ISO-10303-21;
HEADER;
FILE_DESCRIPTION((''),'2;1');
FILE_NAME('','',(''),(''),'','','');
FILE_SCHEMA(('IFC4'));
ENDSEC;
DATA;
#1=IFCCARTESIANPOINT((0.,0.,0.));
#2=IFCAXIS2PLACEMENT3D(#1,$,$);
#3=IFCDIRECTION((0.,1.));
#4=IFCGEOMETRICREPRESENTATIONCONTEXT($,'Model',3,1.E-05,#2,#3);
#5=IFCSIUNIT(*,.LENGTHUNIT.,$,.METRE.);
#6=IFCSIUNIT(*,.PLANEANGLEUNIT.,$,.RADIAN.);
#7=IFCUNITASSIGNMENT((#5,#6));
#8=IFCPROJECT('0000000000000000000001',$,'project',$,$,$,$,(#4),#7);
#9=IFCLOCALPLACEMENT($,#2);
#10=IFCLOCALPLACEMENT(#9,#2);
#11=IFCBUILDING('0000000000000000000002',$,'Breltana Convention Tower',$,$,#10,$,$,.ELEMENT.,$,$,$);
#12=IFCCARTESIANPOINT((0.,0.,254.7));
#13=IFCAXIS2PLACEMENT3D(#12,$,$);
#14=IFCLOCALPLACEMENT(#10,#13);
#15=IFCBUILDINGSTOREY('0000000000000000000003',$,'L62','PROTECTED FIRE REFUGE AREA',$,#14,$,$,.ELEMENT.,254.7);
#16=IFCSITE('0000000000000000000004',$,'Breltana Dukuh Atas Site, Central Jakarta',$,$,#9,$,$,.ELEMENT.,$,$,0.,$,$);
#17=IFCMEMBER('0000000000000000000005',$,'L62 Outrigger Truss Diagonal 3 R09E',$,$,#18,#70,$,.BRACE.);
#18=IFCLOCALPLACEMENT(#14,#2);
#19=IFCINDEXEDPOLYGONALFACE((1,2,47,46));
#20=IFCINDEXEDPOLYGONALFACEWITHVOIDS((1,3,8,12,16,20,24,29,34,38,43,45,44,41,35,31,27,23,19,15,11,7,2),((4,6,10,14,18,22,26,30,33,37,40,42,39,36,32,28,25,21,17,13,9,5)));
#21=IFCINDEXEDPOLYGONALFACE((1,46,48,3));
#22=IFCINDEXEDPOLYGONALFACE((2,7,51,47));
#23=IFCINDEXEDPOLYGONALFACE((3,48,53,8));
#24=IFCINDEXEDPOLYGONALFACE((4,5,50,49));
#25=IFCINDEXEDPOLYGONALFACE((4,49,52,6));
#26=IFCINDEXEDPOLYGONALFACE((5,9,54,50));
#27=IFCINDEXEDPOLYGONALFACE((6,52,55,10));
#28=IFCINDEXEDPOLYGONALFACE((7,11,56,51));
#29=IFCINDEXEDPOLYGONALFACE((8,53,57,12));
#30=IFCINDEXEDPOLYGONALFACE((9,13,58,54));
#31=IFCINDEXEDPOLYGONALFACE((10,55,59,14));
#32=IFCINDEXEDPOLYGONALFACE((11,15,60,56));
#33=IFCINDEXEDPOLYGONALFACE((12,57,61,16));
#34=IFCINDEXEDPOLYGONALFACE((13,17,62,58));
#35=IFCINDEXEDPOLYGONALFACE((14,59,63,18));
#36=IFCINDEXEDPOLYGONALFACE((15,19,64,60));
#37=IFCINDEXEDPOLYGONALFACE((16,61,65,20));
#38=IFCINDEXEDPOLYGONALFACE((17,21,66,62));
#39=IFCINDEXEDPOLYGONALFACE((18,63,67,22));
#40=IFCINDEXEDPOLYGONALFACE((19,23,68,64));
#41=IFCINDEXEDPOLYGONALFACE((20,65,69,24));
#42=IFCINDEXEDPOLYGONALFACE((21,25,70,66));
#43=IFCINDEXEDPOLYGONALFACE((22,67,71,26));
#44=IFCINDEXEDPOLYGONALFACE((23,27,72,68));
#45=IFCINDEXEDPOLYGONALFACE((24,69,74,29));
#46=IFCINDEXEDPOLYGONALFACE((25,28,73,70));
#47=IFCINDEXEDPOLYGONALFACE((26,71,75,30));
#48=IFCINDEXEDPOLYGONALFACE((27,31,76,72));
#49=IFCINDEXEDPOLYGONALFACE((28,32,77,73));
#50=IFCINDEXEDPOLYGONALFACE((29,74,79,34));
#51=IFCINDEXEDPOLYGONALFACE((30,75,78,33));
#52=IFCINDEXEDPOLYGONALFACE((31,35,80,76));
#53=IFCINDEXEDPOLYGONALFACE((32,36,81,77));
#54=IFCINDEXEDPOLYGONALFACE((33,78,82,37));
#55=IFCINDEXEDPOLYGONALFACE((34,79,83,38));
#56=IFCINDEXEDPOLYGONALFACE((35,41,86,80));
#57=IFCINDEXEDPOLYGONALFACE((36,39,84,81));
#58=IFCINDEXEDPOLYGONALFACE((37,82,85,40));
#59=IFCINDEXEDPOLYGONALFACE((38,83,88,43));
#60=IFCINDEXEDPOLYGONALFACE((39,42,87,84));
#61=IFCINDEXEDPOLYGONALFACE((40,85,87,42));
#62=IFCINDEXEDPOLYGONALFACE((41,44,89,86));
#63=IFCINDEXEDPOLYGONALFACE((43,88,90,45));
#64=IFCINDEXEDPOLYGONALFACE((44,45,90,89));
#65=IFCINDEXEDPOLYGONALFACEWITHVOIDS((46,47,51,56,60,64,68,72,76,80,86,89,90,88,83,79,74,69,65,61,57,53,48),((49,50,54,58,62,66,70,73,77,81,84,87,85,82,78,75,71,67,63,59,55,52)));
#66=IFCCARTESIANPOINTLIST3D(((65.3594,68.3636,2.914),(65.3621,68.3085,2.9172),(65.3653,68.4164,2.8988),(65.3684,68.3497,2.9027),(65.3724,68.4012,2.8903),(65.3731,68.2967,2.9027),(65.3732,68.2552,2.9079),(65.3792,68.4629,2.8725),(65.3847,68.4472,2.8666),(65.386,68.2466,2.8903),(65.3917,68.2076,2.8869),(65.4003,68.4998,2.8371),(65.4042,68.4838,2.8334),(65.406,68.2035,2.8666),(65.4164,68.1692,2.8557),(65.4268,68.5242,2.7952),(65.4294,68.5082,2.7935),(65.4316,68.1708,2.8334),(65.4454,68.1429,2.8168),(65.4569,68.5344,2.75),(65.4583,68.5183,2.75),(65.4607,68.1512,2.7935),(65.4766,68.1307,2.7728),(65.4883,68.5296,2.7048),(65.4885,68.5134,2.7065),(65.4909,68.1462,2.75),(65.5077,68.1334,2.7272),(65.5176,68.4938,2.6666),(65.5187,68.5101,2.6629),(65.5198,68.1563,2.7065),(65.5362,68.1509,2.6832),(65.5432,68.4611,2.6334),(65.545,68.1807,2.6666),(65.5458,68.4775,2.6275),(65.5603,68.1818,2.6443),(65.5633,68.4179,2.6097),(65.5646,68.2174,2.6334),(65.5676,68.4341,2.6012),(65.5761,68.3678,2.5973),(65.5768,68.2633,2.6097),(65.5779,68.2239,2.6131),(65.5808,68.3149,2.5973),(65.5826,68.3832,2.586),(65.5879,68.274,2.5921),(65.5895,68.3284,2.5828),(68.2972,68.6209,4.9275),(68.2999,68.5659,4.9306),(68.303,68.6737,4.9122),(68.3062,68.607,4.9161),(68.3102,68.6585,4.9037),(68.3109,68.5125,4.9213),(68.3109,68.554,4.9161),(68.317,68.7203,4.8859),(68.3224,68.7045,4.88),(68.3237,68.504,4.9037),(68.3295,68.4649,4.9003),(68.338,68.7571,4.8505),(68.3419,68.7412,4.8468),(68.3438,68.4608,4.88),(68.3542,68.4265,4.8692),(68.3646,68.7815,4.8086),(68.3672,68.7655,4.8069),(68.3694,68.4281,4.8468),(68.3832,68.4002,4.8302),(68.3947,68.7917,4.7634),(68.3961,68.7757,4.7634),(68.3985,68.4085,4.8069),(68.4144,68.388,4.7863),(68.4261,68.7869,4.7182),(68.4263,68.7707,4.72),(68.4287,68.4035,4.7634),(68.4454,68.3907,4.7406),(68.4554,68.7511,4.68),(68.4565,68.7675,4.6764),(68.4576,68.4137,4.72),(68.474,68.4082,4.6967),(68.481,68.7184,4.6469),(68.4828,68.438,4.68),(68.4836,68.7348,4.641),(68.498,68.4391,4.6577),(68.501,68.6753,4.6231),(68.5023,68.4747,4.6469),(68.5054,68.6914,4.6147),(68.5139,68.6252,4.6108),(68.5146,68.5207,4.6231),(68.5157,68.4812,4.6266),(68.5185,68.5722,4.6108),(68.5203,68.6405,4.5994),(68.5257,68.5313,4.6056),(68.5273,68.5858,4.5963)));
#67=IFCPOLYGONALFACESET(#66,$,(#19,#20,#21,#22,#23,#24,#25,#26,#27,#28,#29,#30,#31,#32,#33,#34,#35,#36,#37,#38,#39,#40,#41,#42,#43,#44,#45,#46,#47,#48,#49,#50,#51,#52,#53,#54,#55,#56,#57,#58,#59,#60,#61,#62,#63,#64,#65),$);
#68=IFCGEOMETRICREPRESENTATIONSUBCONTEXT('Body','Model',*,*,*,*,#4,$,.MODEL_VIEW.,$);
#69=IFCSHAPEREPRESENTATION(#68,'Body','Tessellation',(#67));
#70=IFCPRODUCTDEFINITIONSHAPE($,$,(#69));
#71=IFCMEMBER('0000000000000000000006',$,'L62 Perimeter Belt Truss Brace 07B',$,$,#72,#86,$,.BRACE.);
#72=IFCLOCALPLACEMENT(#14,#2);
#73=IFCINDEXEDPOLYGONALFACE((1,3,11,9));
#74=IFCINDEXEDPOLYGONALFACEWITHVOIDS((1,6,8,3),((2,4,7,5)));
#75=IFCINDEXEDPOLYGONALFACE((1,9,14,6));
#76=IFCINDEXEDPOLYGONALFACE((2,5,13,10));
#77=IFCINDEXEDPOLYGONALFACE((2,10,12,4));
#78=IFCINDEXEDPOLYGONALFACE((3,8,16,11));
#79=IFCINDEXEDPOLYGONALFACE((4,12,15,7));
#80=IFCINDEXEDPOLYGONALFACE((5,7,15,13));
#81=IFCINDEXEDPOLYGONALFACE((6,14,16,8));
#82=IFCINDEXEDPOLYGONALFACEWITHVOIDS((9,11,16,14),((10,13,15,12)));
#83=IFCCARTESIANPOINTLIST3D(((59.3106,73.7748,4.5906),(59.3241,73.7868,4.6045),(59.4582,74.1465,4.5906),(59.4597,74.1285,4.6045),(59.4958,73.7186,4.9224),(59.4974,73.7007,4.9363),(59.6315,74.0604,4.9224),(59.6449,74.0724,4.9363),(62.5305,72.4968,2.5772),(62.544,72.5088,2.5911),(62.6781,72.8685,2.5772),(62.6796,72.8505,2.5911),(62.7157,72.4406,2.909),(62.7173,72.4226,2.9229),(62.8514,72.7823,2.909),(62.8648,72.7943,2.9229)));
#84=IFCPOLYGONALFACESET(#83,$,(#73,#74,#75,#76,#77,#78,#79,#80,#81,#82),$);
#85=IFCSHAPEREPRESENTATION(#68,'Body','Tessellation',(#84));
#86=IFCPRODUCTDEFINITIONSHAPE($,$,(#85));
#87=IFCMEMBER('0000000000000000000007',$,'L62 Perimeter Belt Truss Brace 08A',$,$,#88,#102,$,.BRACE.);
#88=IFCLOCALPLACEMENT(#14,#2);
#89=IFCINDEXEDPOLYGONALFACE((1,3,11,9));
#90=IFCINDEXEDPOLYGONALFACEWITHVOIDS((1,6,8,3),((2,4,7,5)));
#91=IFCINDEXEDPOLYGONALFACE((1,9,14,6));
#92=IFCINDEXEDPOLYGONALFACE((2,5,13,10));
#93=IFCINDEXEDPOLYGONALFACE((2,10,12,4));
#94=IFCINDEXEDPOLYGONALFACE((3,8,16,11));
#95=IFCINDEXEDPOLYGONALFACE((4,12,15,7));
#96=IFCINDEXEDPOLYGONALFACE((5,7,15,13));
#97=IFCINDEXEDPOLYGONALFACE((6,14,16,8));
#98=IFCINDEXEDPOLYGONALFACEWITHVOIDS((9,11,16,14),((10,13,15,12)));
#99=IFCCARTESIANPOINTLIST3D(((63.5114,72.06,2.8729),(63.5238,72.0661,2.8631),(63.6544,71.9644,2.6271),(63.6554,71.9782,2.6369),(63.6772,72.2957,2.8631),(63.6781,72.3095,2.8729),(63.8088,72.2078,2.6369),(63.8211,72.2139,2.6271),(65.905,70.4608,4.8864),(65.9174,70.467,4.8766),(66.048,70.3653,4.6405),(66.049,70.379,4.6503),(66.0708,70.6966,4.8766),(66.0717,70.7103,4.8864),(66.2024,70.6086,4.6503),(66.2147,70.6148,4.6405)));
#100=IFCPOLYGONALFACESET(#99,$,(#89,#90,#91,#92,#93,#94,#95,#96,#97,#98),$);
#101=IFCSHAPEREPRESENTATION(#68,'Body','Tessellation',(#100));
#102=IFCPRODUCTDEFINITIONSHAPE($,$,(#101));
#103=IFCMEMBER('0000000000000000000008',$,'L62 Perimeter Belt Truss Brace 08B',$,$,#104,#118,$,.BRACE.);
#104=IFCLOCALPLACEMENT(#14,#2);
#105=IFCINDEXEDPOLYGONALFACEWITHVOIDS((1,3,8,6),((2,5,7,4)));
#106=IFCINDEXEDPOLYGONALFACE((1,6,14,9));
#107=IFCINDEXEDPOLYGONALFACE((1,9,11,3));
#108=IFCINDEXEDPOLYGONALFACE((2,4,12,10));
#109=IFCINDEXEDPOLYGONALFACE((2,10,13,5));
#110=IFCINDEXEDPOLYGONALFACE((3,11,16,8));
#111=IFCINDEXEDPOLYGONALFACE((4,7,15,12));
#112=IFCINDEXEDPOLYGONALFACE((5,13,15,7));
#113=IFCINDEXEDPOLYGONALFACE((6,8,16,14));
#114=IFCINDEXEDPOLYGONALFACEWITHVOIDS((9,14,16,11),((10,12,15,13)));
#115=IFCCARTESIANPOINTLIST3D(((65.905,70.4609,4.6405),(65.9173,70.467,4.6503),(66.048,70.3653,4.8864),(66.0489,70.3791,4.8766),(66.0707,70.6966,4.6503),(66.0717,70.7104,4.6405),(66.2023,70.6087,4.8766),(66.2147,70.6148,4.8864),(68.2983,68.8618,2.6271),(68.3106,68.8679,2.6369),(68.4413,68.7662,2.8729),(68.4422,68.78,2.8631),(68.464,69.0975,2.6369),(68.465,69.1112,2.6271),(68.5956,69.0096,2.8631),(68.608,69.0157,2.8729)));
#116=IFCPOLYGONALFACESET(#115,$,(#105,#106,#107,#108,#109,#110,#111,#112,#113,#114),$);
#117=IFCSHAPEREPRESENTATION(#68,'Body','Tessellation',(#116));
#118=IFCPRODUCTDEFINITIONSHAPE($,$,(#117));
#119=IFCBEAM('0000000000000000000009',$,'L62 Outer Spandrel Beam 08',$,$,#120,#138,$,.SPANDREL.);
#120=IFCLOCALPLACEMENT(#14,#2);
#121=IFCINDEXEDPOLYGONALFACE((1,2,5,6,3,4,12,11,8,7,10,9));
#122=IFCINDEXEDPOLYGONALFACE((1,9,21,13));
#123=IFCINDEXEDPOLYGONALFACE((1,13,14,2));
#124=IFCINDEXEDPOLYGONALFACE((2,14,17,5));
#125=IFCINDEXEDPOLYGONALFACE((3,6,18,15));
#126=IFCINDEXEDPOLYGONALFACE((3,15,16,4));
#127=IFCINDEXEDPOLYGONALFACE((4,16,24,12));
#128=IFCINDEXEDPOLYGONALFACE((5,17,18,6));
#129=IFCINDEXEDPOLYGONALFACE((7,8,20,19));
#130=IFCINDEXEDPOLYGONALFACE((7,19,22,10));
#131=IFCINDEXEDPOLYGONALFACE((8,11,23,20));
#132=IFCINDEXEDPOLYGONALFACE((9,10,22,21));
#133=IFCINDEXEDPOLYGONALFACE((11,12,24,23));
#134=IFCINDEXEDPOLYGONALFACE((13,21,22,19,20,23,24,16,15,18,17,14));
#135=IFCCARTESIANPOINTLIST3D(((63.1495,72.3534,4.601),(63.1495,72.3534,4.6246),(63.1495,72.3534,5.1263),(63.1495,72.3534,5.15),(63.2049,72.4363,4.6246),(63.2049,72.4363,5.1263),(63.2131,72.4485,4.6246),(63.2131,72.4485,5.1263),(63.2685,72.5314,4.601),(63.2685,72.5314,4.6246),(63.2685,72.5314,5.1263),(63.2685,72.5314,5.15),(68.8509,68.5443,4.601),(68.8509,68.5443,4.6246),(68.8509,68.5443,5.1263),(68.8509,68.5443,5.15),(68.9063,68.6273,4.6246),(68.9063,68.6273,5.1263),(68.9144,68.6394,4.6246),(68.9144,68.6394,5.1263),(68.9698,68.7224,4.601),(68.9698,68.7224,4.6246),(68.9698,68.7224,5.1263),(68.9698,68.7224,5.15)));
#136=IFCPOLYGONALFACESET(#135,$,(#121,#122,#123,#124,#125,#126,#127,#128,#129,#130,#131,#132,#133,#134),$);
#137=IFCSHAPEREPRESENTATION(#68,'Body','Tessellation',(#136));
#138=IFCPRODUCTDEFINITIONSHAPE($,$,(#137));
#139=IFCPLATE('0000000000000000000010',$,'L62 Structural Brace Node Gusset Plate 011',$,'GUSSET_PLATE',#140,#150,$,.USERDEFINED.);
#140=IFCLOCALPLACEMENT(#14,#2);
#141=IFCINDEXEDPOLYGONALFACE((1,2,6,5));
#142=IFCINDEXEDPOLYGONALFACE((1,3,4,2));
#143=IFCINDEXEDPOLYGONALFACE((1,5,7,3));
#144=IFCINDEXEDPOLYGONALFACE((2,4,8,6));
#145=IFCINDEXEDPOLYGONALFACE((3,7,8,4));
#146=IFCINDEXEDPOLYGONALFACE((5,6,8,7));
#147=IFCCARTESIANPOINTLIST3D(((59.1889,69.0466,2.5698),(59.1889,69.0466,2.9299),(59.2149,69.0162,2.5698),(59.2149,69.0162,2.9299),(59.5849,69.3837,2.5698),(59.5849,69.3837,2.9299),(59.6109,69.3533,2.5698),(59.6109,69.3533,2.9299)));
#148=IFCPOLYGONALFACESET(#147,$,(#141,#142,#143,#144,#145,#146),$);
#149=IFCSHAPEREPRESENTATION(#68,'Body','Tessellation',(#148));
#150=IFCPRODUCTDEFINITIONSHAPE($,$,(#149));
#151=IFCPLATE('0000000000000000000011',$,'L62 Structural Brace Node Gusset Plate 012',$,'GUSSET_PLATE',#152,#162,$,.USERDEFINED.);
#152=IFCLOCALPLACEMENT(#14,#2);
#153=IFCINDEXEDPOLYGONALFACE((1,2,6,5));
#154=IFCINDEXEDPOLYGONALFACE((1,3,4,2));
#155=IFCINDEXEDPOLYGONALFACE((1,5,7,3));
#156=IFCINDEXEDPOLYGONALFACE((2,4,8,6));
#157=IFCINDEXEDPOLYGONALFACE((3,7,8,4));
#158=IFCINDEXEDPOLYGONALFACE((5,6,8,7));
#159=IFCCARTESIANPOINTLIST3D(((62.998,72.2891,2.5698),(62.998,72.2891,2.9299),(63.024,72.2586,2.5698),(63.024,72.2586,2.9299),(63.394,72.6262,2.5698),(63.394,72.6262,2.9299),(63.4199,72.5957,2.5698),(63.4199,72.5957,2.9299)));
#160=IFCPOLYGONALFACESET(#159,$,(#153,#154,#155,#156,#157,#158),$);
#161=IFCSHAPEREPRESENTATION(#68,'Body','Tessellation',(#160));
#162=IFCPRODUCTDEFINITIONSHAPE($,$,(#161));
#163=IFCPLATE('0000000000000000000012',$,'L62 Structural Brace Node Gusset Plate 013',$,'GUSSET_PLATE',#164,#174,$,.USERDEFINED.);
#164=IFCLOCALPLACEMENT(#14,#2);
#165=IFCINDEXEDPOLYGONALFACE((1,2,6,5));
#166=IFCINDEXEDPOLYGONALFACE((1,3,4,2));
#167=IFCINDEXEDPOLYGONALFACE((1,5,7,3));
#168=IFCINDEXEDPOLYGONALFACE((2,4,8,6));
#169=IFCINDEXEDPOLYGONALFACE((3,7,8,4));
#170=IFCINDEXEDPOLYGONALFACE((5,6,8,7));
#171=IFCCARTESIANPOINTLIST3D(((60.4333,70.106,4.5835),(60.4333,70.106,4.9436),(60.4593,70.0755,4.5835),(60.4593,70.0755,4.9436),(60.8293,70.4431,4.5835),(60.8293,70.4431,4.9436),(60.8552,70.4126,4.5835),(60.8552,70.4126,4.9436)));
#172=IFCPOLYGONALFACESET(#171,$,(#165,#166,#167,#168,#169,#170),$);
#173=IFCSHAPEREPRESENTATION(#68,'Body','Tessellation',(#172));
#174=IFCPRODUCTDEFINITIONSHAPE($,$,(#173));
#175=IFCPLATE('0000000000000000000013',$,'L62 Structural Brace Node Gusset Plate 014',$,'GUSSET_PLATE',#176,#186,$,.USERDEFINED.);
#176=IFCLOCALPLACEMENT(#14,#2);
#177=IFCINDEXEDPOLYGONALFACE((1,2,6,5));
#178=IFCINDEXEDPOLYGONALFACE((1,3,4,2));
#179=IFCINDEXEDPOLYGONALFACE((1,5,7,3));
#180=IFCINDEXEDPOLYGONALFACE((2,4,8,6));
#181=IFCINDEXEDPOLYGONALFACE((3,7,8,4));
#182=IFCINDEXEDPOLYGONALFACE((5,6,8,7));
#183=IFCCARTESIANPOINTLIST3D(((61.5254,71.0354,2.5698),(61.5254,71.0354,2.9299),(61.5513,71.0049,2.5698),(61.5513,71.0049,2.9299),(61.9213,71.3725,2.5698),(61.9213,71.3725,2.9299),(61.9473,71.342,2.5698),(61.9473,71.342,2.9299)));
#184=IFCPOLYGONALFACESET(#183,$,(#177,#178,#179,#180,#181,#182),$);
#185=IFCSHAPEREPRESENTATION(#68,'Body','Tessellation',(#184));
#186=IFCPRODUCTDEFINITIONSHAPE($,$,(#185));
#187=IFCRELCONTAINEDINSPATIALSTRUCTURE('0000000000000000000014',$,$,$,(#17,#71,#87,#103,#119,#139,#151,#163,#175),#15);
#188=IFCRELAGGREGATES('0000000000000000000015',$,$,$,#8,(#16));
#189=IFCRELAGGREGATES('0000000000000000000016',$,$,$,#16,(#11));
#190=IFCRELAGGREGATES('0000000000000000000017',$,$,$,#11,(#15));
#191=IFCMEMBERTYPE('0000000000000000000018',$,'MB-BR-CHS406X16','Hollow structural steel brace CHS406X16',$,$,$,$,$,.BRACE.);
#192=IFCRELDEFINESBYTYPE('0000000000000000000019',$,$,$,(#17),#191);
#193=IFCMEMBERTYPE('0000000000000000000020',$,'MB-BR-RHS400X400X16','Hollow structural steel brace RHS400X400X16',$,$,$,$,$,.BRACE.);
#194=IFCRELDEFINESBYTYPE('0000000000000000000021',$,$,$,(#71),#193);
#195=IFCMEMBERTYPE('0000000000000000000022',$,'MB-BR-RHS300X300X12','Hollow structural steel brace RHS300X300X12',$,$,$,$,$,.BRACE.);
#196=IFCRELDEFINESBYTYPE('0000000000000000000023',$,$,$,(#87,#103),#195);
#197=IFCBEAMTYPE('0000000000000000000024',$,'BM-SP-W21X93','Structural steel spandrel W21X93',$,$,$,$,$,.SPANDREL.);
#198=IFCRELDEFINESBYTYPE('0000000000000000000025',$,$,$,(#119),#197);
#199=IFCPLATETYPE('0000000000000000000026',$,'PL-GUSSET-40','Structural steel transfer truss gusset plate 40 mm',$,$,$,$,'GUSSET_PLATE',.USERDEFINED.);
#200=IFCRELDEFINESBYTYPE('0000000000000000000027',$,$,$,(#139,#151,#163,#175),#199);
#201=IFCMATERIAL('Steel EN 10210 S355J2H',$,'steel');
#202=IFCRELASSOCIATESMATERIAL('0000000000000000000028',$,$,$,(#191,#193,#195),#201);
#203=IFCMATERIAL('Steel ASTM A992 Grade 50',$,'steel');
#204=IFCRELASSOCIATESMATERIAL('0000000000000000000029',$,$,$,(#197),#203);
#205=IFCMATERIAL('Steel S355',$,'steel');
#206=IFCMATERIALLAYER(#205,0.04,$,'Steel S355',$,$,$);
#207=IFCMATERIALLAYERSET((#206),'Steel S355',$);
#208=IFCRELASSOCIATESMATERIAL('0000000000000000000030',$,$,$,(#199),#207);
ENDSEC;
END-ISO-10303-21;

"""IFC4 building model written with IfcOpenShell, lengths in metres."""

from ifc_helpers import new_model, si_unit, direction, frame, origin, origin_2d, place, context, subcontext, project, spatial, rectangle, hollow_rectangle, hollow_circle, i_section, extrude, source, transform, mapped, material, layer, layer_set, material_profile, profile_set, type_object, element, save


model = new_model("IFC4")

# Units and contexts
model_context = context("Model", 3, precision=1e-05, world=origin(), true_north=direction((0.0, 1.0)))
body_context = subcontext(model_context, "Body", "Model", "MODEL_VIEW")
ifc_project = project(units=[si_unit("LENGTHUNIT", "METRE"), si_unit("PLANEANGLEUNIT", "RADIAN")], contexts=[model_context])

# Site, building, storey
site_placement = place(None, origin())
site = spatial("IfcSite", under=ifc_project, at=site_placement, Name="Breltana Dukuh Atas Site, Central Jakarta", CompositionType="ELEMENT", RefElevation=0.0)
building_placement = place(site_placement, origin())
building = spatial("IfcBuilding", under=site, at=building_placement, Name="Breltana Convention Tower", CompositionType="ELEMENT")
storey_placement = place(building_placement, frame((0.0, 0.0, 254.7)))
storey = spatial("IfcBuildingStorey", under=building, at=storey_placement, Name="L62", Description="PROTECTED FIRE REFUGE AREA", CompositionType="ELEMENT", Elevation=254.7)

# Shared definitions
ifc_material_1 = material(Name="Steel EN 10210 S355J2H", Category="steel")

# Shared definitions
ifc_material_2 = material(Name="Steel ASTM A992 Grade 50", Category="steel")

# Members
ifc_material_profile_1 = material_profile(ifc_material_1, hollow_circle(Radius=0.2029, WallThickness=0.0161, at=origin_2d()), Name="CHS406X16")
ifc_profile_set_1 = profile_set([ifc_material_profile_1], Name="Steel EN 10210 S355J2H")
member_type_1 = type_object("IfcMemberType", Name="MB-BR-CHS406X16", Description="Hollow structural steel brace CHS406X16", PredefinedType="BRACE", material=ifc_profile_set_1)
shared_shape_1 = source(origin(), body_context, "Body", "SweptSolid", [
    extrude(hollow_circle(Radius=0.2029, WallThickness=0.0161, at=origin_2d()), origin(), (0.0, 0.0, 1.0), 3.5708),
])
member_1_placement = place(storey_placement, frame((65.4746, 68.3323, 2.75), z_axis=(0.822718, 0.072064, 0.563863), x_axis=(-0.087258, 0.996186, 0.0)))
element("IfcMember", 1, at=member_1_placement, inside=storey, type_object=member_type_1, Name="L62 Outrigger Truss Diagonal 3 R09E", PredefinedType="BRACE", context=body_context, shape_type="MappedRepresentation", body=[
    mapped(shared_shape_1, transform((0.0, 0.0, 0.0), scale=1.0)),
])
ifc_material_profile_2 = material_profile(ifc_material_1, hollow_rectangle(XDim=0.3999, YDim=0.3999, WallThickness=0.0161, at=origin_2d()), Name="RHS400X400X16")
ifc_profile_set_2 = profile_set([ifc_material_profile_2], Name="Steel EN 10210 S355J2H")
member_type_2 = type_object("IfcMemberType", Name="MB-BR-RHS400X400X16", Description="Hollow structural steel brace RHS400X400X16", PredefinedType="BRACE", material=ifc_profile_set_2)
shared_shape_2 = source(origin(), body_context, "Body", "SweptSolid", [
    extrude(hollow_rectangle(XDim=0.3999, YDim=0.3999, WallThickness=0.0161, at=origin_2d()), origin(), (0.0, 0.0, 1.0), 4.0068),
])
member_2_placement = place(storey_placement, frame((59.4778, 73.9236, 4.7634), z_axis=(0.803598, -0.318966, -0.502485), x_axis=(0.368923, 0.92946, 0.0)))
element("IfcMember", 2, at=member_2_placement, inside=storey, type_object=member_type_2, Name="L62 Perimeter Belt Truss Brace 07B", PredefinedType="BRACE", context=body_context, shape_type="MappedRepresentation", body=[
    mapped(shared_shape_2, transform((0.0, 0.0, 0.0), scale=1.0)),
])
ifc_material_profile_3 = material_profile(ifc_material_1, hollow_rectangle(XDim=0.3, YDim=0.3, WallThickness=0.012, at=origin_2d()), Name="RHS300X300X12")
ifc_profile_set_3 = profile_set([ifc_material_profile_3], Name="Steel EN 10210 S355J2H")
member_type_3 = type_object("IfcMemberType", Name="MB-BR-RHS300X300X12", Description="Hollow structural steel brace RHS300X300X12", PredefinedType="BRACE", material=ifc_profile_set_3)
shared_shape_3 = source(origin(), body_context, "Body", "SweptSolid", [
    extrude(hollow_rectangle(XDim=0.3, YDim=0.3, WallThickness=0.012, at=origin_2d()), origin(), (0.0, 0.0, 1.0), 3.5129),
])
member_3_placement = place(storey_placement, frame((63.6663, 72.137, 2.75), z_axis=(0.681369, -0.455219, 0.573159), x_axis=(0.555522, 0.831502, 0.0)))
element("IfcMember", 3, at=member_3_placement, inside=storey, type_object=member_type_3, Name="L62 Perimeter Belt Truss Brace 08A", PredefinedType="BRACE", context=body_context, shape_type="MappedRepresentation", body=[
    mapped(shared_shape_3, transform((0.0, 0.0, 0.0), scale=1.0)),
])
shared_shape_4 = source(origin(), body_context, "Body", "SweptSolid", [
    extrude(hollow_rectangle(XDim=0.3, YDim=0.3, WallThickness=0.012, at=origin_2d()), origin(), (0.0, 0.0, 1.0), 3.5127),
])
member_4_placement = place(storey_placement, frame((66.0598, 70.5378, 4.7634), z_axis=(0.681332, -0.455241, -0.573186), x_axis=(0.555561, 0.831476, 0.0)))
element("IfcMember", 4, at=member_4_placement, inside=storey, type_object=member_type_3, Name="L62 Perimeter Belt Truss Brace 08B", PredefinedType="BRACE", context=body_context, shape_type="MappedRepresentation", body=[
    mapped(shared_shape_4, transform((0.0, 0.0, 0.0), scale=1.0)),
])

# Beam
ifc_material_profile_4 = material_profile(ifc_material_2, i_section(OverallWidth=0.2141, OverallDepth=0.5491, WebThickness=0.0146, FlangeThickness=0.0237, at=origin_2d()), Name="W21X93")
ifc_profile_set_4 = profile_set([ifc_material_profile_4], Name="Steel ASTM A992 Grade 50")
beam_type_1 = type_object("IfcBeamType", Name="BM-SP-W21X93", Description="Structural steel spandrel W21X93", PredefinedType="SPANDREL", material=ifc_profile_set_4)
shared_shape_5 = source(origin(), body_context, "Body", "SweptSolid", [
    extrude(i_section(OverallWidth=0.2141, OverallDepth=0.5491, WebThickness=0.0146, FlangeThickness=0.0237, at=origin_2d()), origin(), (0.0, 0.0, 1.0), 6.8567),
])
beam_1_placement = place(storey_placement, frame((63.209, 72.4424, 4.8755), z_axis=(0.831502, -0.555522, 0.0), x_axis=(0.555522, 0.831502, 0.0)))
element("IfcBeam", 5, at=beam_1_placement, inside=storey, type_object=beam_type_1, Name="L62 Outer Spandrel Beam 08", PredefinedType="SPANDREL", context=body_context, shape_type="MappedRepresentation", body=[
    mapped(shared_shape_5, transform((0.0, 0.0, 0.0), scale=1.0)),
])

# Plates
ifc_material_3 = material(Name="Steel S355", Category="steel")
ifc_layer_1 = layer(ifc_material_3, 0.04, Name="Steel S355")
ifc_layer_set_1 = layer_set([ifc_layer_1], Name="Steel S355")
plate_type = type_object("IfcPlateType", Name="PL-GUSSET-40", Description="Structural steel transfer truss gusset plate 40 mm", ElementType="GUSSET_PLATE", PredefinedType="USERDEFINED", material=ifc_layer_set_1)
shared_shape_6 = source(origin(), body_context, "Body", "SweptSolid", [
    extrude(rectangle(XDim=0.52, YDim=0.04, at=origin_2d()), origin(), (0.0, 0.0, 1.0), 0.3601),
])
for number, where, z_axis, x_axis, name in (
    (6, (59.3999, 69.2, 2.5698), (0.0, 0.0, 1.0), (0.761425, 0.648253, 0.0), "L62 Structural Brace Node Gusset Plate 011"),
    (7, (63.209, 72.4424, 2.5698), (0.0, 0.0, 1.0), (0.761425, 0.648253, 0.0), "L62 Structural Brace Node Gusset Plate 012"),
    (8, (60.6443, 70.2593, 4.5835), (0.0, 0.0, 1.0), (0.761425, 0.648253, 0.0), "L62 Structural Brace Node Gusset Plate 013"),
    (9, (61.7363, 71.1887, 2.5698), (0.0, 0.0, 1.0), (0.761425, 0.648253, 0.0), "L62 Structural Brace Node Gusset Plate 014"),
):
    element("IfcPlate", number, at=place(storey_placement, frame(where, z_axis=z_axis, x_axis=x_axis)), inside=storey, type_object=plate_type, Name=name, ObjectType="GUSSET_PLATE", PredefinedType="USERDEFINED", context=body_context, shape_type="MappedRepresentation", body=[
        mapped(shared_shape_6, transform((0.0, 0.0, 0.0), scale=1.0)),
    ])

save(model, "model.ifc")
